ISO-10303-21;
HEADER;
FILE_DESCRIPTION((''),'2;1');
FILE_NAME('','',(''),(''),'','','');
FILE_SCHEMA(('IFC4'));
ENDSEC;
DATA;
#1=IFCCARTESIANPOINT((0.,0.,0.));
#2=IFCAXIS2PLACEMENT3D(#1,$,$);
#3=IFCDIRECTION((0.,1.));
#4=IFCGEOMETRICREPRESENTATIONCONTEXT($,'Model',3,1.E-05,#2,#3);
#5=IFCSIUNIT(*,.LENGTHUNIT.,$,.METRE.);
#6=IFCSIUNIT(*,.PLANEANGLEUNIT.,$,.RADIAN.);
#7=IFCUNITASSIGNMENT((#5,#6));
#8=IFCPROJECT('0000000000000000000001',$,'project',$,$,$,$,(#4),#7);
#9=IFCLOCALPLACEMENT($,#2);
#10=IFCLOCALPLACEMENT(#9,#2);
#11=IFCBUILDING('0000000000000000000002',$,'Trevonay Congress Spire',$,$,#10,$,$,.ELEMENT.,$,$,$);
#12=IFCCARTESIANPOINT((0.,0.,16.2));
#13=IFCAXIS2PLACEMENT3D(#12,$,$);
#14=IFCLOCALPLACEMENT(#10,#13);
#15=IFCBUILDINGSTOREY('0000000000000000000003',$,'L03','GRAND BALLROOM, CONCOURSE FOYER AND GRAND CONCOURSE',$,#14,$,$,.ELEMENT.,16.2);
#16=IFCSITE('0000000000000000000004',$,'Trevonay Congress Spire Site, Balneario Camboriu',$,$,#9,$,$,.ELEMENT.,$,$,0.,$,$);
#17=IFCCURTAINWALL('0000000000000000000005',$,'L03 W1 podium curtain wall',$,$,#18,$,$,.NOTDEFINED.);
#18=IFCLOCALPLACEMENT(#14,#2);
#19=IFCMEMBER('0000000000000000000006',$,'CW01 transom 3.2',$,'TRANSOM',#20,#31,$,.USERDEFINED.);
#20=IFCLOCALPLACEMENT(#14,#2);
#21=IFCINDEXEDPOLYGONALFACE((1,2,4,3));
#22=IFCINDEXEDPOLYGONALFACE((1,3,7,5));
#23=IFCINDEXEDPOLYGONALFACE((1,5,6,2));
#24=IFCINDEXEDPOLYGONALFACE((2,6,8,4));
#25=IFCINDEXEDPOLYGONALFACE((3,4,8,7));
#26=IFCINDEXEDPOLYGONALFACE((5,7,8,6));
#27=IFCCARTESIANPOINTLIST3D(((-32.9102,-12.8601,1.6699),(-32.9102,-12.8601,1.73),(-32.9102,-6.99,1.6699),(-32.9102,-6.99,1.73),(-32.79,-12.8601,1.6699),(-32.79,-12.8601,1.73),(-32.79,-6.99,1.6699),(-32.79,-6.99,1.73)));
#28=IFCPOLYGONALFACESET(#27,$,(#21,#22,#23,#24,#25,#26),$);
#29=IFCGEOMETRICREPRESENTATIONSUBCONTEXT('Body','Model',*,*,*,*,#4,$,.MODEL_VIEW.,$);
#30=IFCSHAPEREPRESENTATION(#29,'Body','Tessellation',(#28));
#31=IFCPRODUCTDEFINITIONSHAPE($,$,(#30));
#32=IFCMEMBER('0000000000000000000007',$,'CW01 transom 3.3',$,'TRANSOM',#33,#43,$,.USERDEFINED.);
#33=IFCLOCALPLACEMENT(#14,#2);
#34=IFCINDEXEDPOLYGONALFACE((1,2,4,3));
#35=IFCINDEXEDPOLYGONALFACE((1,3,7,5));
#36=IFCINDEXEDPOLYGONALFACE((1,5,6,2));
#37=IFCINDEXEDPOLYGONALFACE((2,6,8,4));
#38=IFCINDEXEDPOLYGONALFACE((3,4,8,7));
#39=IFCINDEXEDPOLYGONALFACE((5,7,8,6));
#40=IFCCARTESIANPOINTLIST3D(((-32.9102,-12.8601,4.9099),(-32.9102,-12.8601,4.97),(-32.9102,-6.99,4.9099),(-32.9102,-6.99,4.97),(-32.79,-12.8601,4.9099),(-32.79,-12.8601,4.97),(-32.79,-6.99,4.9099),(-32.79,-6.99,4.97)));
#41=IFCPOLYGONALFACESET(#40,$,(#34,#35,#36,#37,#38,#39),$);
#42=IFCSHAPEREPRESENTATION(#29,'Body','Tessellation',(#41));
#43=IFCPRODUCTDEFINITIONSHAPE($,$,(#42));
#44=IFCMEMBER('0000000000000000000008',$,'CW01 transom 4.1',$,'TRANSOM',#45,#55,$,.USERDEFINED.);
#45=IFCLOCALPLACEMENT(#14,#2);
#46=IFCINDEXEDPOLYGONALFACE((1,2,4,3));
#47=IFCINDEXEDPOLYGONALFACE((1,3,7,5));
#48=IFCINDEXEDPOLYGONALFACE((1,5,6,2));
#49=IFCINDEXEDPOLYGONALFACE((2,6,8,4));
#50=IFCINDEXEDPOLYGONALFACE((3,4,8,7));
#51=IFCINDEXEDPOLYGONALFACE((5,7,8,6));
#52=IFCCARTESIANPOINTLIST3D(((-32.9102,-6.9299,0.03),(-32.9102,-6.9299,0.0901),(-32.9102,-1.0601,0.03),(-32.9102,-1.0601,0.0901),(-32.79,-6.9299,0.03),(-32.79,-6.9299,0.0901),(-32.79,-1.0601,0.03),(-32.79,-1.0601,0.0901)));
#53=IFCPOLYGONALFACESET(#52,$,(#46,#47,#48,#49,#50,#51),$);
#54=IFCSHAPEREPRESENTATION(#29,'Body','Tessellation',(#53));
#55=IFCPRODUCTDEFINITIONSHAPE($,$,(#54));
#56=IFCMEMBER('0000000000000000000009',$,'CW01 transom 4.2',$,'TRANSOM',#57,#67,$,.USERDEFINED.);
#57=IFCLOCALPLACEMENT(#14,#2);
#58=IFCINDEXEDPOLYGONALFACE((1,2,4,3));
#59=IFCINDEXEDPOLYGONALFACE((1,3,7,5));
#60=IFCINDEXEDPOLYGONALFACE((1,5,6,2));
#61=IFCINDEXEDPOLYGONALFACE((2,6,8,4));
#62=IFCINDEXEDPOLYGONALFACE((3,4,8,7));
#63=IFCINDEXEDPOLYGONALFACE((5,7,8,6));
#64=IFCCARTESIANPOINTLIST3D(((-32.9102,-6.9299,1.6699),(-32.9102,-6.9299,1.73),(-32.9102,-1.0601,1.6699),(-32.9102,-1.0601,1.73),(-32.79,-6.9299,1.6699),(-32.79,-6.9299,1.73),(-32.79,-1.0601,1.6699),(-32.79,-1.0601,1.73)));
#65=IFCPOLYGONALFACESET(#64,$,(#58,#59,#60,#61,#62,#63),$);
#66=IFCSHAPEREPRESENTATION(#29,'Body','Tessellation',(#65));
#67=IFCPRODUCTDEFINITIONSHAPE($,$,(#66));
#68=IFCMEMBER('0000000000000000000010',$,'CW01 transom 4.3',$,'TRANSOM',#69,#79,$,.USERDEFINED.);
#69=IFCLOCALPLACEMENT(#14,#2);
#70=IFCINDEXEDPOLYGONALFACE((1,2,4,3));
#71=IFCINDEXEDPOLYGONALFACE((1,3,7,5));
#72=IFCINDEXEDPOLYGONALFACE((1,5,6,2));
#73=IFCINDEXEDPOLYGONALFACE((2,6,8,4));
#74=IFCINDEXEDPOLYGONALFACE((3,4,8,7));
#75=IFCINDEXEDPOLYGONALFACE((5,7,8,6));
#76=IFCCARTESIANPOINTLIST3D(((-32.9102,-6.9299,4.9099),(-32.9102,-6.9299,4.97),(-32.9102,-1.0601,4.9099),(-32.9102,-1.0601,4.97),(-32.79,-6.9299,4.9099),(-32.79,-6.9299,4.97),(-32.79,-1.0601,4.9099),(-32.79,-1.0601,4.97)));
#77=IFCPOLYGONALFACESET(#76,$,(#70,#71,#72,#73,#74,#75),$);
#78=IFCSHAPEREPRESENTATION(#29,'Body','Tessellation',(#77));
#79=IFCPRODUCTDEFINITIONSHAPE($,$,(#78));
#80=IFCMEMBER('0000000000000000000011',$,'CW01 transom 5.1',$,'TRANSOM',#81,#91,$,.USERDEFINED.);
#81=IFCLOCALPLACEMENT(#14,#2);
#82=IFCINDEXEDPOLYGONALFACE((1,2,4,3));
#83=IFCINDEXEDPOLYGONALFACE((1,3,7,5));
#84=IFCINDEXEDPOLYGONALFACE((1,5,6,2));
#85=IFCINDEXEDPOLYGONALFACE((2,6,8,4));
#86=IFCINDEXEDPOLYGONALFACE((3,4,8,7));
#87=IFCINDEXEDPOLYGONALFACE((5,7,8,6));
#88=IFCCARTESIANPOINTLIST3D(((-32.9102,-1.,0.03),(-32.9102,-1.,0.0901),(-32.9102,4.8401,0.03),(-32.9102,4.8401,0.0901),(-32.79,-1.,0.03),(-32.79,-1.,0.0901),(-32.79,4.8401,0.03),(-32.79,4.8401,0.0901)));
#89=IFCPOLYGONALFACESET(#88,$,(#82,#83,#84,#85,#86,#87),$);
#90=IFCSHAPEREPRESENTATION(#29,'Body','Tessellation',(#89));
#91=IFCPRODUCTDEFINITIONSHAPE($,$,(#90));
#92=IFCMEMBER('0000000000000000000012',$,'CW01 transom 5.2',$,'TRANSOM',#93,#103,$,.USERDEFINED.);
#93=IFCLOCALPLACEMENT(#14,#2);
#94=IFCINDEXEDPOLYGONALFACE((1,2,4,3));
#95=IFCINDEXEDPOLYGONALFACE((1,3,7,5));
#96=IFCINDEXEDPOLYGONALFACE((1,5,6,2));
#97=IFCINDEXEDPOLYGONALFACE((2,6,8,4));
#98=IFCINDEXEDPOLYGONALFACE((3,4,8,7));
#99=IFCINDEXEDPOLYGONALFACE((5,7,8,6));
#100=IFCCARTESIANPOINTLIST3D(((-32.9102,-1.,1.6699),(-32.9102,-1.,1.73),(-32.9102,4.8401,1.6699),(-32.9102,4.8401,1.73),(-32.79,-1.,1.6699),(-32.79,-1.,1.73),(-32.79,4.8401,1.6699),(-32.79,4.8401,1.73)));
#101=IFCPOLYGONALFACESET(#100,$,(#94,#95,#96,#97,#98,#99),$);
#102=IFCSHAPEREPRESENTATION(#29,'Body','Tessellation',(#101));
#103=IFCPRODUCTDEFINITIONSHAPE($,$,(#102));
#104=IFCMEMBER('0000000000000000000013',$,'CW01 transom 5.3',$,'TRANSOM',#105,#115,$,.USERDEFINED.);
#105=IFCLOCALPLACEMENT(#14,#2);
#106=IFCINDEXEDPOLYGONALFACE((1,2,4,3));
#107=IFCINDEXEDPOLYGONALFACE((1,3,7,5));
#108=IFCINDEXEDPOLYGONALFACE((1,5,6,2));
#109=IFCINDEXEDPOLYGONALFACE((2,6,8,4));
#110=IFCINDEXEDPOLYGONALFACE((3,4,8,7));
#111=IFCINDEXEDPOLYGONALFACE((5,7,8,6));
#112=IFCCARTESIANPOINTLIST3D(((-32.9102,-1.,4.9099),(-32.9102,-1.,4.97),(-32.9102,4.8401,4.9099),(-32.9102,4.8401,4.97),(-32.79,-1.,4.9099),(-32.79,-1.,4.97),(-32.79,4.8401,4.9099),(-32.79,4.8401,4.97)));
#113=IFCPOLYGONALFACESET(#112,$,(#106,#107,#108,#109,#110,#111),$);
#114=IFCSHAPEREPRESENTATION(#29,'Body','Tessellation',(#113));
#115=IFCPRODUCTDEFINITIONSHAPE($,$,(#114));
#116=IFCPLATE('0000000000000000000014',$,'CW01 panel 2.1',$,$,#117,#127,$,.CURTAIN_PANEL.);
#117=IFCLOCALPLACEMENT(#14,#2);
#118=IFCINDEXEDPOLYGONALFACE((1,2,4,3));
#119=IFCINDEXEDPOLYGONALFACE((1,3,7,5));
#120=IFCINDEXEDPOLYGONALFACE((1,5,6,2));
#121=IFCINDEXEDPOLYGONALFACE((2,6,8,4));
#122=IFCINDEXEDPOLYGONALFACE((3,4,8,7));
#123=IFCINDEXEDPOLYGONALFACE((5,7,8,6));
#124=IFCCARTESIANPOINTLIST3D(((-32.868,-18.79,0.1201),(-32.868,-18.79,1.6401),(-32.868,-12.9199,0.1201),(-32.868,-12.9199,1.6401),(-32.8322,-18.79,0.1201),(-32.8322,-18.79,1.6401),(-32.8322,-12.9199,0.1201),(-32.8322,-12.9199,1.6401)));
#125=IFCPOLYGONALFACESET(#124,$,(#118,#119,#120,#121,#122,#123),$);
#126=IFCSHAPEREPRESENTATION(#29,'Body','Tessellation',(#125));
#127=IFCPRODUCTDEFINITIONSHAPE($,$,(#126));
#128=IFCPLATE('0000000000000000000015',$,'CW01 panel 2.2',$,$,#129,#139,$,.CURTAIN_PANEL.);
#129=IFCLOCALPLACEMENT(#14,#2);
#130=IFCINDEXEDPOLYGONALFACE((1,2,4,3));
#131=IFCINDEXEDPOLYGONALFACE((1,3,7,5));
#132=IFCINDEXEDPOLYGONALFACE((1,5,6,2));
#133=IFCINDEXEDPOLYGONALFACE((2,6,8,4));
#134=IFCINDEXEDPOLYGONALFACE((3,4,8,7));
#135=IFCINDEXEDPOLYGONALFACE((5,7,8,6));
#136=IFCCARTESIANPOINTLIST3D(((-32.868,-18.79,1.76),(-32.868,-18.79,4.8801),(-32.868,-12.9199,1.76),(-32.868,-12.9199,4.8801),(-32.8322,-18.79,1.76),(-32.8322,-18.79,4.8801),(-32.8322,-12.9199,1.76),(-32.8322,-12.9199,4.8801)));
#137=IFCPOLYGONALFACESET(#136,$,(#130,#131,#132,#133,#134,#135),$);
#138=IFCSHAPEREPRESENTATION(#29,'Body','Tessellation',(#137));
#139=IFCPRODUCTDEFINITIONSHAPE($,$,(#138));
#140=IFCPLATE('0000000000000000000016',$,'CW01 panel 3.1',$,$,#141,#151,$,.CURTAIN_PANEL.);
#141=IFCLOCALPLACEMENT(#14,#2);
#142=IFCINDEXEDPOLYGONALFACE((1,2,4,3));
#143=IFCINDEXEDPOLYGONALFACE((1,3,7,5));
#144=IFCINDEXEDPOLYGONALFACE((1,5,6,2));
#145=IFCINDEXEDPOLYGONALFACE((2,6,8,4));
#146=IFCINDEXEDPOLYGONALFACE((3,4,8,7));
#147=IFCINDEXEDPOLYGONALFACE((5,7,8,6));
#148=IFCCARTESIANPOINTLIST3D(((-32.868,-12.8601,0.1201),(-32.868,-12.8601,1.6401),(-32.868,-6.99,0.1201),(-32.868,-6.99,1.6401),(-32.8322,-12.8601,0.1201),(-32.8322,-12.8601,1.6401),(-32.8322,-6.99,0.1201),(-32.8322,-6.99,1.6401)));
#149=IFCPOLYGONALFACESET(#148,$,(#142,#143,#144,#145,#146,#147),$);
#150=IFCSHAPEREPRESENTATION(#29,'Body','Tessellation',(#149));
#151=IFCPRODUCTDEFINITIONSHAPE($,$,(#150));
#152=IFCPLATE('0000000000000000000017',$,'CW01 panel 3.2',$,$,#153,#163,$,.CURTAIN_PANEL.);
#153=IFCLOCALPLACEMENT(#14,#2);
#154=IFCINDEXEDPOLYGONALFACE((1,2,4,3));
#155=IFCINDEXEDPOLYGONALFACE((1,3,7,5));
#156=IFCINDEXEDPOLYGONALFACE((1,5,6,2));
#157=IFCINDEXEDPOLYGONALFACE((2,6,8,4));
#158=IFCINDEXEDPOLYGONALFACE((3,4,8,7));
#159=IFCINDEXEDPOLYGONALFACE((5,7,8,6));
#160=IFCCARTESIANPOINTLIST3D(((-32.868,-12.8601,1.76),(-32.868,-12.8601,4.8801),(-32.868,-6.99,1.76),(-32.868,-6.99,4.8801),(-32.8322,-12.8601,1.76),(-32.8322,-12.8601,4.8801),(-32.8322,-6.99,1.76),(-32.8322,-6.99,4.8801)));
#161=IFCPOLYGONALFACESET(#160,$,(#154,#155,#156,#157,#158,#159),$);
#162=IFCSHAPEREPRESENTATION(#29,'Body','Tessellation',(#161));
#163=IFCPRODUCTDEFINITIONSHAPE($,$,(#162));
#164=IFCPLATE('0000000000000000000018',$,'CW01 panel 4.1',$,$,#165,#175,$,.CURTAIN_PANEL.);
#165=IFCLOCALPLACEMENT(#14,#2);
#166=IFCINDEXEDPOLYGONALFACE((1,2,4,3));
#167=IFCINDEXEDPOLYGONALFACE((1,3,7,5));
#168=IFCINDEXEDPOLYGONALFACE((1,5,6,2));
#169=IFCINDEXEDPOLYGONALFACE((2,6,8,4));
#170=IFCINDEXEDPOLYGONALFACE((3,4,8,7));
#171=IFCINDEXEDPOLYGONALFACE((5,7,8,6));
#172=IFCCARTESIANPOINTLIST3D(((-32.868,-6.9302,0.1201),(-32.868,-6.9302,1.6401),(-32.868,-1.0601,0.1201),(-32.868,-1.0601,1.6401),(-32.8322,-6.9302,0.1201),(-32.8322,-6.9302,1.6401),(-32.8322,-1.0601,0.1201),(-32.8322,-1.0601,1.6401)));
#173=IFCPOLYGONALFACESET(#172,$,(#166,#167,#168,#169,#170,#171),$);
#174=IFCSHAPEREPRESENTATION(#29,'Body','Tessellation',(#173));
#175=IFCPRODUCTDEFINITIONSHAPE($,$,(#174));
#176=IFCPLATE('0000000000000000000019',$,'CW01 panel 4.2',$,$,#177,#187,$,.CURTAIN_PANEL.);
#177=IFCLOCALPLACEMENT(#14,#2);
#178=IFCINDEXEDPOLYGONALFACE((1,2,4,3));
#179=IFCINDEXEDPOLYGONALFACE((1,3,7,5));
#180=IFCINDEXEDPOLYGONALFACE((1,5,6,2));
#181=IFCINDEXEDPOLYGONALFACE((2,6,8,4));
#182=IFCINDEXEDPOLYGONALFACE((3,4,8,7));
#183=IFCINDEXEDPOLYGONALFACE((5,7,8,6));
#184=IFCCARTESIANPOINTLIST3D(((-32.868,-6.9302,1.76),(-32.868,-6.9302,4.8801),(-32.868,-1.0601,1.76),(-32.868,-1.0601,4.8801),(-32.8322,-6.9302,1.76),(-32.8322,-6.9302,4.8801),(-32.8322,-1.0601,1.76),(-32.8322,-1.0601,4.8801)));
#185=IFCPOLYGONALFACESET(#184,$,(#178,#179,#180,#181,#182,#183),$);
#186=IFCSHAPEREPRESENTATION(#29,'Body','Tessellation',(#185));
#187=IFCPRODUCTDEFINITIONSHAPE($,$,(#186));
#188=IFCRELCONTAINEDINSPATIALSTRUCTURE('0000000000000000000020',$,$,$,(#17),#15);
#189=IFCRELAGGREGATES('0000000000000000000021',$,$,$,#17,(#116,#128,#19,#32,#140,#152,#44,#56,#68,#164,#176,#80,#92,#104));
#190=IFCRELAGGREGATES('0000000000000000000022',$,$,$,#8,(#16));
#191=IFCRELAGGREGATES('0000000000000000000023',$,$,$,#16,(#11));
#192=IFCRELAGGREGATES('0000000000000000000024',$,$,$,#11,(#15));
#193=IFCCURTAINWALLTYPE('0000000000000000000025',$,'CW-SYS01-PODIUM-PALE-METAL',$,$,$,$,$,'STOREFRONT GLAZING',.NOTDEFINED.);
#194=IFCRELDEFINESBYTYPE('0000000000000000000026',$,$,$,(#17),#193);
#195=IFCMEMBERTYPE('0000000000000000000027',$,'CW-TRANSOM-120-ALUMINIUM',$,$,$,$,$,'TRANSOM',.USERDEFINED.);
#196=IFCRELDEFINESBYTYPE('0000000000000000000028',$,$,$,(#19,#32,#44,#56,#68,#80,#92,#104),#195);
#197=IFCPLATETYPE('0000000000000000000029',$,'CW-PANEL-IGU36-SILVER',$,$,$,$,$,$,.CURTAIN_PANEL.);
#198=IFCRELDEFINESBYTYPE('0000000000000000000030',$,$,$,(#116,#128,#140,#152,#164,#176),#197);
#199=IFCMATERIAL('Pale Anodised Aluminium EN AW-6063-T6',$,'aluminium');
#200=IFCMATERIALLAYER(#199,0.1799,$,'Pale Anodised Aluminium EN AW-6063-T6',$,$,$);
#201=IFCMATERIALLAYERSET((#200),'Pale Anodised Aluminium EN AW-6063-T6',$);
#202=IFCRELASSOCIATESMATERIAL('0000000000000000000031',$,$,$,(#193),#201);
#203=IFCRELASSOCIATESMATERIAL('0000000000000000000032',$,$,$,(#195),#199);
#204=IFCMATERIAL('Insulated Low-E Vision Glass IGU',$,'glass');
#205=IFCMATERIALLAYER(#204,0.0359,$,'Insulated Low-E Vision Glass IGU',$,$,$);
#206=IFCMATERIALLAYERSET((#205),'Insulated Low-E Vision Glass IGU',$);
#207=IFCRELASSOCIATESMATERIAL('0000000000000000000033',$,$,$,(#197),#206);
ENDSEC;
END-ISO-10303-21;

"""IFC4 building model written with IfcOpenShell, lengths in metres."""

from ifc_helpers import new_model, si_unit, direction, frame, origin, origin_2d, place, context, subcontext, project, spatial, rectangle, extrude, material, layer, layer_set, material_profile, profile_set, type_object, element, aggregate, save


model = new_model("IFC4")

# Units and contexts
model_context = context("Model", 3, precision=1e-05, world=origin(), true_north=direction((0.0, 1.0)))
body_context = subcontext(model_context, "Body", "Model", "MODEL_VIEW")
ifc_project = project(units=[si_unit("LENGTHUNIT", "METRE"), si_unit("PLANEANGLEUNIT", "RADIAN")], contexts=[model_context])

# Site, building, storey
site_placement = place(None, origin())
site = spatial("IfcSite", under=ifc_project, at=site_placement, Name="Trevonay Congress Spire Site, Balneario Camboriu", CompositionType="ELEMENT", RefElevation=0.0)
building_placement = place(site_placement, origin())
building = spatial("IfcBuilding", under=site, at=building_placement, Name="Trevonay Congress Spire", CompositionType="ELEMENT")
storey_placement = place(building_placement, frame((0.0, 0.0, 16.2)))
storey = spatial("IfcBuildingStorey", under=building, at=storey_placement, Name="L03", Description="GRAND BALLROOM, CONCOURSE FOYER AND GRAND CONCOURSE", CompositionType="ELEMENT", Elevation=16.2)

# Curtain wall, members, plates
ifc_material_1 = material(Name="Pale Anodised Aluminium EN AW-6063-T6", Category="aluminium")
ifc_layer_1 = layer(ifc_material_1, 0.1799, Name="Pale Anodised Aluminium EN AW-6063-T6")
ifc_layer_set_1 = layer_set([ifc_layer_1], Name="Pale Anodised Aluminium EN AW-6063-T6")
curtain_wall_type = type_object("IfcCurtainWallType", Name="CW-SYS01-PODIUM-PALE-METAL", ElementType="STOREFRONT GLAZING", PredefinedType="NOTDEFINED", material=ifc_layer_set_1)
curtain_wall_placement = place(storey_placement, origin())
curtain_wall = element("IfcCurtainWall", 1, at=curtain_wall_placement, inside=storey, type_object=curtain_wall_type, Name="L03 W1 podium curtain wall", PredefinedType="NOTDEFINED")
ifc_material_profile_1 = material_profile(ifc_material_1, rectangle(XDim=0.1201, YDim=0.0601, at=origin_2d()), Name="CW-TRANSOM-120-ALUMINIUM")
ifc_profile_set_1 = profile_set([ifc_material_profile_1], Name="Pale Anodised Aluminium EN AW-6063-T6")
member_type_1 = type_object("IfcMemberType", Name="CW-TRANSOM-120-ALUMINIUM", ElementType="TRANSOM", PredefinedType="USERDEFINED", material=ifc_profile_set_1)
member_1_placement = place(storey_placement, frame((-32.8501, -12.8601, 1.7), z_axis=(0.0, 1.0, 0.0), x_axis=(-1.0, 0.0, 0.0)))
member_1 = element("IfcMember", 2, at=member_1_placement, type_object=member_type_1, Name="CW01 transom 3.2", ObjectType="TRANSOM", PredefinedType="USERDEFINED", context=body_context, shape_type="SweptSolid", body=[
    extrude(rectangle(XDim=0.1201, YDim=0.0601, at=origin_2d()), origin(), (0.0, 0.0, 1.0), 5.8701),
])
member_2_placement = place(storey_placement, frame((-32.8501, -12.8601, 4.9399), z_axis=(0.0, 1.0, 0.0), x_axis=(-1.0, 0.0, 0.0)))
member_2 = element("IfcMember", 3, at=member_2_placement, type_object=member_type_1, Name="CW01 transom 3.3", ObjectType="TRANSOM", PredefinedType="USERDEFINED", context=body_context, shape_type="SweptSolid", body=[
    extrude(rectangle(XDim=0.1201, YDim=0.0601, at=origin_2d()), origin(), (0.0, 0.0, 1.0), 5.8701),
])
member_3_placement = place(storey_placement, frame((-32.8501, -6.9299, 0.0601), z_axis=(0.0, 1.0, 0.0), x_axis=(-1.0, 0.0, 0.0)))
member_3 = element("IfcMember", 4, at=member_3_placement, type_object=member_type_1, Name="CW01 transom 4.1", ObjectType="TRANSOM", PredefinedType="USERDEFINED", context=body_context, shape_type="SweptSolid", body=[
    extrude(rectangle(XDim=0.1201, YDim=0.0601, at=origin_2d()), origin(), (0.0, 0.0, 1.0), 5.8699),
])
member_4_placement = place(storey_placement, frame((-32.8501, -6.9299, 1.7), z_axis=(0.0, 1.0, 0.0), x_axis=(-1.0, 0.0, 0.0)))
member_4 = element("IfcMember", 5, at=member_4_placement, type_object=member_type_1, Name="CW01 transom 4.2", ObjectType="TRANSOM", PredefinedType="USERDEFINED", context=body_context, shape_type="SweptSolid", body=[
    extrude(rectangle(XDim=0.1201, YDim=0.0601, at=origin_2d()), origin(), (0.0, 0.0, 1.0), 5.8699),
])
member_5_placement = place(storey_placement, frame((-32.8501, -6.9299, 4.9399), z_axis=(0.0, 1.0, 0.0), x_axis=(-1.0, 0.0, 0.0)))
member_5 = element("IfcMember", 6, at=member_5_placement, type_object=member_type_1, Name="CW01 transom 4.3", ObjectType="TRANSOM", PredefinedType="USERDEFINED", context=body_context, shape_type="SweptSolid", body=[
    extrude(rectangle(XDim=0.1201, YDim=0.0601, at=origin_2d()), origin(), (0.0, 0.0, 1.0), 5.8699),
])
member_6_placement = place(storey_placement, frame((-32.8501, -1.0, 0.0601), z_axis=(0.0, 1.0, 0.0), x_axis=(-1.0, 0.0, 0.0)))
member_6 = element("IfcMember", 7, at=member_6_placement, type_object=member_type_1, Name="CW01 transom 5.1", ObjectType="TRANSOM", PredefinedType="USERDEFINED", context=body_context, shape_type="SweptSolid", body=[
    extrude(rectangle(XDim=0.1201, YDim=0.0601, at=origin_2d()), origin(), (0.0, 0.0, 1.0), 5.8401),
])
member_7_placement = place(storey_placement, frame((-32.8501, -1.0, 1.7), z_axis=(0.0, 1.0, 0.0), x_axis=(-1.0, 0.0, 0.0)))
member_7 = element("IfcMember", 8, at=member_7_placement, type_object=member_type_1, Name="CW01 transom 5.2", ObjectType="TRANSOM", PredefinedType="USERDEFINED", context=body_context, shape_type="SweptSolid", body=[
    extrude(rectangle(XDim=0.1201, YDim=0.0601, at=origin_2d()), origin(), (0.0, 0.0, 1.0), 5.8401),
])
member_8_placement = place(storey_placement, frame((-32.8501, -1.0, 4.9399), z_axis=(0.0, 1.0, 0.0), x_axis=(-1.0, 0.0, 0.0)))
member_8 = element("IfcMember", 9, at=member_8_placement, type_object=member_type_1, Name="CW01 transom 5.3", ObjectType="TRANSOM", PredefinedType="USERDEFINED", context=body_context, shape_type="SweptSolid", body=[
    extrude(rectangle(XDim=0.1201, YDim=0.0601, at=origin_2d()), origin(), (0.0, 0.0, 1.0), 5.8401),
])
ifc_material_2 = material(Name="Insulated Low-E Vision Glass IGU", Category="glass")
ifc_layer_2 = layer(ifc_material_2, 0.0359, Name="Insulated Low-E Vision Glass IGU")
ifc_layer_set_2 = layer_set([ifc_layer_2], Name="Insulated Low-E Vision Glass IGU")
plate_type = type_object("IfcPlateType", Name="CW-PANEL-IGU36-SILVER", PredefinedType="CURTAIN_PANEL", material=ifc_layer_set_2)
plate_1_placement = place(storey_placement, frame((-32.8501, -15.855, 0.1201), z_axis=(0.0, 0.0, 1.0), x_axis=(0.0, 1.0, 0.0)))
plate_1 = element("IfcPlate", 10, at=plate_1_placement, type_object=plate_type, Name="CW01 panel 2.1", PredefinedType="CURTAIN_PANEL", context=body_context, shape_type="SweptSolid", body=[
    extrude(rectangle(XDim=5.8701, YDim=0.0359, at=origin_2d()), origin(), (0.0, 0.0, 1.0), 1.52),
])
plate_2_placement = place(storey_placement, frame((-32.8501, -15.855, 1.76), z_axis=(0.0, 0.0, 1.0), x_axis=(0.0, 1.0, 0.0)))
plate_2 = element("IfcPlate", 11, at=plate_2_placement, type_object=plate_type, Name="CW01 panel 2.2", PredefinedType="CURTAIN_PANEL", context=body_context, shape_type="SweptSolid", body=[
    extrude(rectangle(XDim=5.8701, YDim=0.0359, at=origin_2d()), origin(), (0.0, 0.0, 1.0), 3.1201),
])
plate_3_placement = place(storey_placement, frame((-32.8501, -9.925, 0.1201), z_axis=(0.0, 0.0, 1.0), x_axis=(0.0, 1.0, 0.0)))
plate_3 = element("IfcPlate", 12, at=plate_3_placement, type_object=plate_type, Name="CW01 panel 3.1", PredefinedType="CURTAIN_PANEL", context=body_context, shape_type="SweptSolid", body=[
    extrude(rectangle(XDim=5.8701, YDim=0.0359, at=origin_2d()), origin(), (0.0, 0.0, 1.0), 1.52),
])
plate_4_placement = place(storey_placement, frame((-32.8501, -9.925, 1.76), z_axis=(0.0, 0.0, 1.0), x_axis=(0.0, 1.0, 0.0)))
plate_4 = element("IfcPlate", 13, at=plate_4_placement, type_object=plate_type, Name="CW01 panel 3.2", PredefinedType="CURTAIN_PANEL", context=body_context, shape_type="SweptSolid", body=[
    extrude(rectangle(XDim=5.8701, YDim=0.0359, at=origin_2d()), origin(), (0.0, 0.0, 1.0), 3.1201),
])
plate_5_placement = place(storey_placement, frame((-32.8501, -3.9951, 0.1201), z_axis=(0.0, 0.0, 1.0), x_axis=(0.0, 1.0, 0.0)))
plate_5 = element("IfcPlate", 14, at=plate_5_placement, type_object=plate_type, Name="CW01 panel 4.1", PredefinedType="CURTAIN_PANEL", context=body_context, shape_type="SweptSolid", body=[
    extrude(rectangle(XDim=5.8701, YDim=0.0359, at=origin_2d()), origin(), (0.0, 0.0, 1.0), 1.52),
])
plate_6_placement = place(storey_placement, frame((-32.8501, -3.9951, 1.76), z_axis=(0.0, 0.0, 1.0), x_axis=(0.0, 1.0, 0.0)))
plate_6 = element("IfcPlate", 15, at=plate_6_placement, type_object=plate_type, Name="CW01 panel 4.2", PredefinedType="CURTAIN_PANEL", context=body_context, shape_type="SweptSolid", body=[
    extrude(rectangle(XDim=5.8701, YDim=0.0359, at=origin_2d()), origin(), (0.0, 0.0, 1.0), 3.1201),
])
aggregate(curtain_wall, [plate_1, plate_2, member_1, member_2, plate_3, plate_4, member_3, member_4, member_5, plate_5, plate_6, member_6, member_7, member_8])

save(model, "model.ifc")
